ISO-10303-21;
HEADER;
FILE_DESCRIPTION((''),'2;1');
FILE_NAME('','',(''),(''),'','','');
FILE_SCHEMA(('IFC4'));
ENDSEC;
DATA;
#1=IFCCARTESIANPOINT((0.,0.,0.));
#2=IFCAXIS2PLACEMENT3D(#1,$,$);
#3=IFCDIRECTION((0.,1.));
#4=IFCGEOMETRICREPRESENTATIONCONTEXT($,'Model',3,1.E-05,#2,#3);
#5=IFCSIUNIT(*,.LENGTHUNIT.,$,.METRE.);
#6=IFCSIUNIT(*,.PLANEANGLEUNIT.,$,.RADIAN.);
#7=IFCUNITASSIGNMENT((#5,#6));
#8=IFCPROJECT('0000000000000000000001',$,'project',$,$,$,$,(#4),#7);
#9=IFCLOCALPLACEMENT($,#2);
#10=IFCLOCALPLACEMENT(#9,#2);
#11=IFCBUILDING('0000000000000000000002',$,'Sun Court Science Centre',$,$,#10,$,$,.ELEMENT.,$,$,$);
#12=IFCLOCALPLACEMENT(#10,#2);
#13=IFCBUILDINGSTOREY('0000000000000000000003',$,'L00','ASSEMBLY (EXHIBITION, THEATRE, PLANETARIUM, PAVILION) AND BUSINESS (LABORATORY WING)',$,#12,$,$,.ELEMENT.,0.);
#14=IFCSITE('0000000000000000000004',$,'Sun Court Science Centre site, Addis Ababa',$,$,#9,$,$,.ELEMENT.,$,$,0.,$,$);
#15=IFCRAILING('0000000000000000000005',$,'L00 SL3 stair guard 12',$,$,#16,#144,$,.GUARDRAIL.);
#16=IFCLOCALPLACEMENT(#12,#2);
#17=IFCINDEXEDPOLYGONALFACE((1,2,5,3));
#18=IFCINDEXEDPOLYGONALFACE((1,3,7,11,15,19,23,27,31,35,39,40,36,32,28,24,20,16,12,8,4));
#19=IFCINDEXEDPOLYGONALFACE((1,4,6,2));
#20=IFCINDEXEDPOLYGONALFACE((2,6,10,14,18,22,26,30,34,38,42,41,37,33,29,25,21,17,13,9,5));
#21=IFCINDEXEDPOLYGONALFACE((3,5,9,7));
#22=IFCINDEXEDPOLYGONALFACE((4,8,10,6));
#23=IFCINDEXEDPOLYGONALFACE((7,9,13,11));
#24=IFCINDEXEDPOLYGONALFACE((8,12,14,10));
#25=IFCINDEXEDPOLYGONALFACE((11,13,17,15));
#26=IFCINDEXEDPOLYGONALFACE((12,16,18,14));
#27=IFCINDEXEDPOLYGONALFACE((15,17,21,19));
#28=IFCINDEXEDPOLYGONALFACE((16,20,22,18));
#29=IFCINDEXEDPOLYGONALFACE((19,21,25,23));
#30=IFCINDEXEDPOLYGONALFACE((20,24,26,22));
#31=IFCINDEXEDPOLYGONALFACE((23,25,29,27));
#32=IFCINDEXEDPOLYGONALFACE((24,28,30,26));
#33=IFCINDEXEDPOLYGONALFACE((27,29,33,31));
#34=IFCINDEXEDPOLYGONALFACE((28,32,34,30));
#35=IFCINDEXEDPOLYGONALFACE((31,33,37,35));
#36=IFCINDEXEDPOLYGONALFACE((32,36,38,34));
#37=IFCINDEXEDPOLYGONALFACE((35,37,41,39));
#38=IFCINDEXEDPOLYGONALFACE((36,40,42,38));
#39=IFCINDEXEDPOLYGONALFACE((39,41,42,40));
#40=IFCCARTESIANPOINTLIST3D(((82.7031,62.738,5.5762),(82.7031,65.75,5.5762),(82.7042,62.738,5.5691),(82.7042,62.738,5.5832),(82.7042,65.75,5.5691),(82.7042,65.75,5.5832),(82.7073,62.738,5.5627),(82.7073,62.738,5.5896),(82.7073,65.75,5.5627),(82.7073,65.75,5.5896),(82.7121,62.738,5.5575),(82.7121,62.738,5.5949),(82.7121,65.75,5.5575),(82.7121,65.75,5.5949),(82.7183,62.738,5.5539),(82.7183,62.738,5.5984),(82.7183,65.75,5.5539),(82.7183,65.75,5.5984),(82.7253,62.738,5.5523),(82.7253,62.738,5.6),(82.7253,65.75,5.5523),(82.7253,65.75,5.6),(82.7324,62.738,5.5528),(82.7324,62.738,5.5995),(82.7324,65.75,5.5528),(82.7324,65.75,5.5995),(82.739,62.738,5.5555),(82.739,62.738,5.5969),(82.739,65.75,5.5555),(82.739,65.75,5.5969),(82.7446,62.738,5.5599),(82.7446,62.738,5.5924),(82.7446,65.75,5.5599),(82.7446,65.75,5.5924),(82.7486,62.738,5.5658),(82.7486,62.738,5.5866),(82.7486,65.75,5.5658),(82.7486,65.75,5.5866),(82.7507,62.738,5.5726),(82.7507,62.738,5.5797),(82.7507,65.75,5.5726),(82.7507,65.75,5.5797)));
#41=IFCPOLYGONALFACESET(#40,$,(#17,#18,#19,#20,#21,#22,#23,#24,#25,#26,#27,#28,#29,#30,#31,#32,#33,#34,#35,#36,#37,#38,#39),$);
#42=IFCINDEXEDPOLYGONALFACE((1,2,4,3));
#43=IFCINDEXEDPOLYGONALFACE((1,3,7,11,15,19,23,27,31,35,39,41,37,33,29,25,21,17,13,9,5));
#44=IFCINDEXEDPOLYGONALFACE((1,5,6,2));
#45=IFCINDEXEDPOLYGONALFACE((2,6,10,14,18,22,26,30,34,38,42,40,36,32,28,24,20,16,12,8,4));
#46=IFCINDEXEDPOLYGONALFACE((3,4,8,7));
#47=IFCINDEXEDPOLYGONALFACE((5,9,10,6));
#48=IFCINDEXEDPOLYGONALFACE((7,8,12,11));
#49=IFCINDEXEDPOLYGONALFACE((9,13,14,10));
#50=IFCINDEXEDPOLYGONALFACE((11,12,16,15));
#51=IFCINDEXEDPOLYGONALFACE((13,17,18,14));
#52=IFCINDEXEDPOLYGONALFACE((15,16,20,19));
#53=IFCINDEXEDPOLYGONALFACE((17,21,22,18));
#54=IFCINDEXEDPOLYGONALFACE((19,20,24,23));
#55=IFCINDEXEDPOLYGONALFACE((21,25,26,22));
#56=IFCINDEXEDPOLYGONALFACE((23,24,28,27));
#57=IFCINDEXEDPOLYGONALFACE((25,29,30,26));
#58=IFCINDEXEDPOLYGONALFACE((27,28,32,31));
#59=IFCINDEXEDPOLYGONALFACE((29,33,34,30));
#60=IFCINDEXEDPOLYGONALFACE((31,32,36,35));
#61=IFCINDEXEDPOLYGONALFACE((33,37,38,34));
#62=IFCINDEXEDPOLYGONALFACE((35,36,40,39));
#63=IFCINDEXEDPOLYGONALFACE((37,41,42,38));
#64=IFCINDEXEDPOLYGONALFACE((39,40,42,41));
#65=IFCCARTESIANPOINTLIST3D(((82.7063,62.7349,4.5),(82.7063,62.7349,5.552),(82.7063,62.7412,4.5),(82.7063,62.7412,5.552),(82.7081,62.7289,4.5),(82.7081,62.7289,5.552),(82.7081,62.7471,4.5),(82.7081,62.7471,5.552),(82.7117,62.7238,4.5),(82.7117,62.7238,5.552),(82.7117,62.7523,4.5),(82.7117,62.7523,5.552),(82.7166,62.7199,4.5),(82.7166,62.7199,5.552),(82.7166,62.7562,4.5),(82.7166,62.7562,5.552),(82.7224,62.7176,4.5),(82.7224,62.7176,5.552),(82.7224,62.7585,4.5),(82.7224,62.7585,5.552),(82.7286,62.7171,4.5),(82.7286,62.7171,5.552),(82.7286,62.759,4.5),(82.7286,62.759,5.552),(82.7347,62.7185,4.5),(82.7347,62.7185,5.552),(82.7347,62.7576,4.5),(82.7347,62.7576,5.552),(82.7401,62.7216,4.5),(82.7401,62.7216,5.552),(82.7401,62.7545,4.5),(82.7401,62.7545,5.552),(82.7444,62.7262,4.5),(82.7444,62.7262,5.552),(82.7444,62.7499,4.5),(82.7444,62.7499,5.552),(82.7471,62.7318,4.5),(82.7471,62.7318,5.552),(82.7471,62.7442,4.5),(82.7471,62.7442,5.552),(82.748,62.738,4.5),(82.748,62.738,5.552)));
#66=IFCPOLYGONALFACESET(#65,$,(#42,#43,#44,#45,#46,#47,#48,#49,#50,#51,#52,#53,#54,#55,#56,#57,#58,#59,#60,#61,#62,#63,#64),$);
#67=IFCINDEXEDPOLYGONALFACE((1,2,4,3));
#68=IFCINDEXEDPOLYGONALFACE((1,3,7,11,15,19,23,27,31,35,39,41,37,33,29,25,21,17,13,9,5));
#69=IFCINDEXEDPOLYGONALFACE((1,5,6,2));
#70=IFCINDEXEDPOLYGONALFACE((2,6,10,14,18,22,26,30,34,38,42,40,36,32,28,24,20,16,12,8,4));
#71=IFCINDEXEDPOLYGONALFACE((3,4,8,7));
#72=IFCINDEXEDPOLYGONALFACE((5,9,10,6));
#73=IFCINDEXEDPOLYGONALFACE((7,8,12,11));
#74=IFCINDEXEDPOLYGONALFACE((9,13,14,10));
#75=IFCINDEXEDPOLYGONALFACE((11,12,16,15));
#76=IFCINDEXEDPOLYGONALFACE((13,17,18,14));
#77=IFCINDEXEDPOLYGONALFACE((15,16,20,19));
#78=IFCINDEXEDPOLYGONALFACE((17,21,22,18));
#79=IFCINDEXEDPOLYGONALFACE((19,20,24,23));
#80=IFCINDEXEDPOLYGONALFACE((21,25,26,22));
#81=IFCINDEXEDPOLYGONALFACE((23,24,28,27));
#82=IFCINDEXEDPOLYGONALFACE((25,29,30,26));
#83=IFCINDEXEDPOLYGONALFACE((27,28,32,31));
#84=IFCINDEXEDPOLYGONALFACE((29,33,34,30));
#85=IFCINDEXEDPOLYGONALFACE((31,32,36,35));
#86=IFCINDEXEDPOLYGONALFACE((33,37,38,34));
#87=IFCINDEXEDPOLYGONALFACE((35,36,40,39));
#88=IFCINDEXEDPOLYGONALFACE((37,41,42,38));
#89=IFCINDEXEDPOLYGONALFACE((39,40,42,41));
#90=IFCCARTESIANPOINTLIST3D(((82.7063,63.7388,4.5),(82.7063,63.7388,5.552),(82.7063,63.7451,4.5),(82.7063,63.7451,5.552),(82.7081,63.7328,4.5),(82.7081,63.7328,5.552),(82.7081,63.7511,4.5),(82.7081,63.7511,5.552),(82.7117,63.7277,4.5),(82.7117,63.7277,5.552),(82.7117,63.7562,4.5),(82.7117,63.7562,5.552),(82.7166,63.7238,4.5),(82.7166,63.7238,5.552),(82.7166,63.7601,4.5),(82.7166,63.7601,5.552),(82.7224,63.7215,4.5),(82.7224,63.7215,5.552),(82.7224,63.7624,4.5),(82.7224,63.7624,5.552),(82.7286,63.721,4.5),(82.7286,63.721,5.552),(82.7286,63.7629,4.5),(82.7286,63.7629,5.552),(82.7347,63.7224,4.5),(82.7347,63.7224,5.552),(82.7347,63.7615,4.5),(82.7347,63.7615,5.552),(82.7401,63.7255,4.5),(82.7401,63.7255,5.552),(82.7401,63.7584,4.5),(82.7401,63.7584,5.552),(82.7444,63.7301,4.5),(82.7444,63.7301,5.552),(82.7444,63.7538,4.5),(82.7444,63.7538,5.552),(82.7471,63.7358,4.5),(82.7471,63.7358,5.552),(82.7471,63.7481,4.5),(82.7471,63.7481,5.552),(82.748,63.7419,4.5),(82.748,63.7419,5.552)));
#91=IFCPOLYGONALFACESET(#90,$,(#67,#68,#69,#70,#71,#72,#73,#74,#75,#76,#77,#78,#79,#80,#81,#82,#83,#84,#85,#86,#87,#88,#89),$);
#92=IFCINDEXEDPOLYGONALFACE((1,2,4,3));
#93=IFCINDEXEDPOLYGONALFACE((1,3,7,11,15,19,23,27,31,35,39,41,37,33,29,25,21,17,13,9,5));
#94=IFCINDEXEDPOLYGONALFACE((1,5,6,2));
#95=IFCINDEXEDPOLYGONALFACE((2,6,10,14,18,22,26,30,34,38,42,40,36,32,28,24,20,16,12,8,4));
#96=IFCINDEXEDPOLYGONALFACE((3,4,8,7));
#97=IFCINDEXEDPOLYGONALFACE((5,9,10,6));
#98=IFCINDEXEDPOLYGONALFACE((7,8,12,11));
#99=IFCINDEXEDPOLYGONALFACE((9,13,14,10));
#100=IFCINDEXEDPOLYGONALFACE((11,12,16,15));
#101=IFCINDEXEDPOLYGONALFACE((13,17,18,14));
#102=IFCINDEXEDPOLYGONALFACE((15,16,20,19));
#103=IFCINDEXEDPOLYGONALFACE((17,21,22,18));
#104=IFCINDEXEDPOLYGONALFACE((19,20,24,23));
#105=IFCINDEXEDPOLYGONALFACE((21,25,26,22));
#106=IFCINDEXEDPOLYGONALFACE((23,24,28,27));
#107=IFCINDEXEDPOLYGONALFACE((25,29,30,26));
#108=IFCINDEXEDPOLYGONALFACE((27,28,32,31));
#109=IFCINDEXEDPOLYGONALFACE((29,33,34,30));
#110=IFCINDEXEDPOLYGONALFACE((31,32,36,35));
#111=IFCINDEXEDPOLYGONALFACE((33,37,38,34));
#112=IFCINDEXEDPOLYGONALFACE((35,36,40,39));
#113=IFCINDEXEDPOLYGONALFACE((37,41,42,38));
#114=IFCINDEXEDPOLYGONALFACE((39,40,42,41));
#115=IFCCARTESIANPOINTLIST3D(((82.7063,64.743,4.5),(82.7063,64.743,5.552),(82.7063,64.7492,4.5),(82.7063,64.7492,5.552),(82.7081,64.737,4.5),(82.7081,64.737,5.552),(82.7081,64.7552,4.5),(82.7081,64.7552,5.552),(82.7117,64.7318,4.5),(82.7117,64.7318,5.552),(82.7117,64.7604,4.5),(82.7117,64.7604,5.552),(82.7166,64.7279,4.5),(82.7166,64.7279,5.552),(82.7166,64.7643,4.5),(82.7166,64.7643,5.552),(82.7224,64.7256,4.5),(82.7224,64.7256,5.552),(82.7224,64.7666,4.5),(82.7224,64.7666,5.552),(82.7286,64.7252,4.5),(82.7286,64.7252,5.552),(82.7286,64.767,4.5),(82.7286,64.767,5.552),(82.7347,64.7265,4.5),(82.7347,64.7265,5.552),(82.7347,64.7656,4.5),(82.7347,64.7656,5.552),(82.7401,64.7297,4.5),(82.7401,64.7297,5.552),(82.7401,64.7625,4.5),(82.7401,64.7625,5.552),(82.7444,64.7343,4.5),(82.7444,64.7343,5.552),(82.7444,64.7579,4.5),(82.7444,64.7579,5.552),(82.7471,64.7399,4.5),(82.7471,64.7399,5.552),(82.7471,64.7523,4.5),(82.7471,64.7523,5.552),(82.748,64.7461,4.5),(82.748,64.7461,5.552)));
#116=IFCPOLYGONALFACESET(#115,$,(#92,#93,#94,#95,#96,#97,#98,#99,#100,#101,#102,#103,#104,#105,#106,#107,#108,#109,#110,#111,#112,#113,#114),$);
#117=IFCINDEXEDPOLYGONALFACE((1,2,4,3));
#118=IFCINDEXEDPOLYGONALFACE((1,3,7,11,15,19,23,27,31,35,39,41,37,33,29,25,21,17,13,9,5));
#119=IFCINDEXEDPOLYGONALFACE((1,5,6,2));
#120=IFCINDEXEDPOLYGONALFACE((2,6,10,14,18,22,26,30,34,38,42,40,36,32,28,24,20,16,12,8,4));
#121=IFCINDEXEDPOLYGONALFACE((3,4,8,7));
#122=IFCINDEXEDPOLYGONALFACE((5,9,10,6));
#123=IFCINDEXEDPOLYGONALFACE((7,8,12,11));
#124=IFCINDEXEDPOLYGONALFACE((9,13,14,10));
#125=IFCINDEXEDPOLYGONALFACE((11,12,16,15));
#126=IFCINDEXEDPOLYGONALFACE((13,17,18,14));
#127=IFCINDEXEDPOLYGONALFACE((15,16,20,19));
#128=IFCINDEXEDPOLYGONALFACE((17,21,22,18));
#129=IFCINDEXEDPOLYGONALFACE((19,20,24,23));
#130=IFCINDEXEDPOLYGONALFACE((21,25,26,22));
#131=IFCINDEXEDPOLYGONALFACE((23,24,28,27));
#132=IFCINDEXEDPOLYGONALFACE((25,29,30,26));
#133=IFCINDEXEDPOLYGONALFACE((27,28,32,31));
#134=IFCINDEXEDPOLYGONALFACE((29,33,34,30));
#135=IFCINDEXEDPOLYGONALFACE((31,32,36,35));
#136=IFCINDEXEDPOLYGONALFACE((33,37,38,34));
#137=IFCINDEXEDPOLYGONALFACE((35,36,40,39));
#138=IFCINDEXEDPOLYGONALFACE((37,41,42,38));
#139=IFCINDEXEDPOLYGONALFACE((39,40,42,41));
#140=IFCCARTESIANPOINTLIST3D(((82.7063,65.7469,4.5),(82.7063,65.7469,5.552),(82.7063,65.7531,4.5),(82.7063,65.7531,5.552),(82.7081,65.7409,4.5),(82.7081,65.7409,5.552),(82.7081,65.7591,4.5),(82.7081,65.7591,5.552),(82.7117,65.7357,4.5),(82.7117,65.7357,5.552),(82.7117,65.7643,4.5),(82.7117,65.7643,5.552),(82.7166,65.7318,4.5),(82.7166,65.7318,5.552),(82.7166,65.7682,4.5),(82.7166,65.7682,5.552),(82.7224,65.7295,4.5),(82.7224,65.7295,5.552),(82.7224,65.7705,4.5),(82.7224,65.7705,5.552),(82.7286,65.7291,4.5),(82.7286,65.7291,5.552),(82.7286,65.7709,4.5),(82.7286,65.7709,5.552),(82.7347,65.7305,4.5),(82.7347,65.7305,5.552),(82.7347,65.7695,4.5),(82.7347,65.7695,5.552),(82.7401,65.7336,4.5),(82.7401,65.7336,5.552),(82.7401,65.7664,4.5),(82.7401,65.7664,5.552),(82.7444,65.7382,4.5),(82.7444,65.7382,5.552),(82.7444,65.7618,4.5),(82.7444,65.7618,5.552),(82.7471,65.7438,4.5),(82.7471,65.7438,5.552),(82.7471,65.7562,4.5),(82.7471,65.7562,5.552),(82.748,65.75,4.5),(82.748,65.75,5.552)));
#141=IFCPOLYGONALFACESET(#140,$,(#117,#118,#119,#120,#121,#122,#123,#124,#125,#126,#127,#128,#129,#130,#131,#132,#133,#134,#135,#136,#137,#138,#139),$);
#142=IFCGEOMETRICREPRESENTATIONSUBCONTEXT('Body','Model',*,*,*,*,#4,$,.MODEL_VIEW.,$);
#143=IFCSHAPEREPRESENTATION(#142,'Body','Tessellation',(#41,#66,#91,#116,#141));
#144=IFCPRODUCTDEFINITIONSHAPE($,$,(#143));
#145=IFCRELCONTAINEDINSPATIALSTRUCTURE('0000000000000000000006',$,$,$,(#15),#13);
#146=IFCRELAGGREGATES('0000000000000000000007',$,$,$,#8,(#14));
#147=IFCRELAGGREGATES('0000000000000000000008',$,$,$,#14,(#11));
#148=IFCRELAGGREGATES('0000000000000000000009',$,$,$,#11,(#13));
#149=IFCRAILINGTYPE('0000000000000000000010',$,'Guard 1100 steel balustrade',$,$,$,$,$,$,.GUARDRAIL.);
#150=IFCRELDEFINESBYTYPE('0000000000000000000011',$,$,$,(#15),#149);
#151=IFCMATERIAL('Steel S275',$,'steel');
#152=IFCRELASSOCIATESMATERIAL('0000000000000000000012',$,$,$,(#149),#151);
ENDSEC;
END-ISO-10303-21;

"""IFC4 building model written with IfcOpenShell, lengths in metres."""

from ifc_helpers import new_model, si_unit, direction, frame, origin, origin_2d, place, context, subcontext, project, spatial, circle, extrude, material, type_object, element, save


model = new_model("IFC4")

# Units and contexts
model_context = context("Model", 3, precision=1e-05, world=origin(), true_north=direction((0.0, 1.0)))
body_context = subcontext(model_context, "Body", "Model", "MODEL_VIEW")
ifc_project = project(units=[si_unit("LENGTHUNIT", "METRE"), si_unit("PLANEANGLEUNIT", "RADIAN")], contexts=[model_context])

# Site, building, storey
site_placement = place(None, origin())
site = spatial("IfcSite", under=ifc_project, at=site_placement, Name="Sun Court Science Centre site, Addis Ababa", CompositionType="ELEMENT", RefElevation=0.0)
building_placement = place(site_placement, origin())
building = spatial("IfcBuilding", under=site, at=building_placement, Name="Sun Court Science Centre", CompositionType="ELEMENT")
storey_placement = place(building_placement, origin())
storey = spatial("IfcBuildingStorey", under=building, at=storey_placement, Name="L00", Description="ASSEMBLY (EXHIBITION, THEATRE, PLANETARIUM, PAVILION) AND BUSINESS (LABORATORY WING)", CompositionType="ELEMENT", Elevation=0.0)

# Railing
ifc_material_1 = material(Name="Steel S275", Category="steel")
railing_type_1 = type_object("IfcRailingType", Name="Guard 1100 steel balustrade", PredefinedType="GUARDRAIL", material=ifc_material_1)
for number, where, name in (
    (1, (82.7271, 62.738, 4.5), "L00 SL3 stair guard 12"),
):
    element("IfcRailing", number, at=place(storey_placement, frame(where)), inside=storey, type_object=railing_type_1, Name=name, PredefinedType="GUARDRAIL", context=body_context, shape_type="SweptSolid", body=[
        extrude(circle(Radius=0.0239, at=origin_2d()), frame((0.0, 0.0, 1.0762), z_axis=(0.0, 1.0, 0.0), x_axis=(-1.0, 0.0, 0.0)), (0.0, 0.0, 1.0), 3.012),
        extrude(circle(Radius=0.021, at=origin_2d()), origin(), (0.0, 0.0, 1.0), 1.052),
        extrude(circle(Radius=0.021, at=origin_2d()), frame((0.0, 1.0039, 0.0)), (0.0, 0.0, 1.0), 1.052),
        extrude(circle(Radius=0.021, at=origin_2d()), frame((0.0, 2.0081, 0.0)), (0.0, 0.0, 1.0), 1.052),
        extrude(circle(Radius=0.021, at=origin_2d()), frame((0.0, 3.012, 0.0)), (0.0, 0.0, 1.0), 1.052),
    ])

save(model, "model.ifc")
